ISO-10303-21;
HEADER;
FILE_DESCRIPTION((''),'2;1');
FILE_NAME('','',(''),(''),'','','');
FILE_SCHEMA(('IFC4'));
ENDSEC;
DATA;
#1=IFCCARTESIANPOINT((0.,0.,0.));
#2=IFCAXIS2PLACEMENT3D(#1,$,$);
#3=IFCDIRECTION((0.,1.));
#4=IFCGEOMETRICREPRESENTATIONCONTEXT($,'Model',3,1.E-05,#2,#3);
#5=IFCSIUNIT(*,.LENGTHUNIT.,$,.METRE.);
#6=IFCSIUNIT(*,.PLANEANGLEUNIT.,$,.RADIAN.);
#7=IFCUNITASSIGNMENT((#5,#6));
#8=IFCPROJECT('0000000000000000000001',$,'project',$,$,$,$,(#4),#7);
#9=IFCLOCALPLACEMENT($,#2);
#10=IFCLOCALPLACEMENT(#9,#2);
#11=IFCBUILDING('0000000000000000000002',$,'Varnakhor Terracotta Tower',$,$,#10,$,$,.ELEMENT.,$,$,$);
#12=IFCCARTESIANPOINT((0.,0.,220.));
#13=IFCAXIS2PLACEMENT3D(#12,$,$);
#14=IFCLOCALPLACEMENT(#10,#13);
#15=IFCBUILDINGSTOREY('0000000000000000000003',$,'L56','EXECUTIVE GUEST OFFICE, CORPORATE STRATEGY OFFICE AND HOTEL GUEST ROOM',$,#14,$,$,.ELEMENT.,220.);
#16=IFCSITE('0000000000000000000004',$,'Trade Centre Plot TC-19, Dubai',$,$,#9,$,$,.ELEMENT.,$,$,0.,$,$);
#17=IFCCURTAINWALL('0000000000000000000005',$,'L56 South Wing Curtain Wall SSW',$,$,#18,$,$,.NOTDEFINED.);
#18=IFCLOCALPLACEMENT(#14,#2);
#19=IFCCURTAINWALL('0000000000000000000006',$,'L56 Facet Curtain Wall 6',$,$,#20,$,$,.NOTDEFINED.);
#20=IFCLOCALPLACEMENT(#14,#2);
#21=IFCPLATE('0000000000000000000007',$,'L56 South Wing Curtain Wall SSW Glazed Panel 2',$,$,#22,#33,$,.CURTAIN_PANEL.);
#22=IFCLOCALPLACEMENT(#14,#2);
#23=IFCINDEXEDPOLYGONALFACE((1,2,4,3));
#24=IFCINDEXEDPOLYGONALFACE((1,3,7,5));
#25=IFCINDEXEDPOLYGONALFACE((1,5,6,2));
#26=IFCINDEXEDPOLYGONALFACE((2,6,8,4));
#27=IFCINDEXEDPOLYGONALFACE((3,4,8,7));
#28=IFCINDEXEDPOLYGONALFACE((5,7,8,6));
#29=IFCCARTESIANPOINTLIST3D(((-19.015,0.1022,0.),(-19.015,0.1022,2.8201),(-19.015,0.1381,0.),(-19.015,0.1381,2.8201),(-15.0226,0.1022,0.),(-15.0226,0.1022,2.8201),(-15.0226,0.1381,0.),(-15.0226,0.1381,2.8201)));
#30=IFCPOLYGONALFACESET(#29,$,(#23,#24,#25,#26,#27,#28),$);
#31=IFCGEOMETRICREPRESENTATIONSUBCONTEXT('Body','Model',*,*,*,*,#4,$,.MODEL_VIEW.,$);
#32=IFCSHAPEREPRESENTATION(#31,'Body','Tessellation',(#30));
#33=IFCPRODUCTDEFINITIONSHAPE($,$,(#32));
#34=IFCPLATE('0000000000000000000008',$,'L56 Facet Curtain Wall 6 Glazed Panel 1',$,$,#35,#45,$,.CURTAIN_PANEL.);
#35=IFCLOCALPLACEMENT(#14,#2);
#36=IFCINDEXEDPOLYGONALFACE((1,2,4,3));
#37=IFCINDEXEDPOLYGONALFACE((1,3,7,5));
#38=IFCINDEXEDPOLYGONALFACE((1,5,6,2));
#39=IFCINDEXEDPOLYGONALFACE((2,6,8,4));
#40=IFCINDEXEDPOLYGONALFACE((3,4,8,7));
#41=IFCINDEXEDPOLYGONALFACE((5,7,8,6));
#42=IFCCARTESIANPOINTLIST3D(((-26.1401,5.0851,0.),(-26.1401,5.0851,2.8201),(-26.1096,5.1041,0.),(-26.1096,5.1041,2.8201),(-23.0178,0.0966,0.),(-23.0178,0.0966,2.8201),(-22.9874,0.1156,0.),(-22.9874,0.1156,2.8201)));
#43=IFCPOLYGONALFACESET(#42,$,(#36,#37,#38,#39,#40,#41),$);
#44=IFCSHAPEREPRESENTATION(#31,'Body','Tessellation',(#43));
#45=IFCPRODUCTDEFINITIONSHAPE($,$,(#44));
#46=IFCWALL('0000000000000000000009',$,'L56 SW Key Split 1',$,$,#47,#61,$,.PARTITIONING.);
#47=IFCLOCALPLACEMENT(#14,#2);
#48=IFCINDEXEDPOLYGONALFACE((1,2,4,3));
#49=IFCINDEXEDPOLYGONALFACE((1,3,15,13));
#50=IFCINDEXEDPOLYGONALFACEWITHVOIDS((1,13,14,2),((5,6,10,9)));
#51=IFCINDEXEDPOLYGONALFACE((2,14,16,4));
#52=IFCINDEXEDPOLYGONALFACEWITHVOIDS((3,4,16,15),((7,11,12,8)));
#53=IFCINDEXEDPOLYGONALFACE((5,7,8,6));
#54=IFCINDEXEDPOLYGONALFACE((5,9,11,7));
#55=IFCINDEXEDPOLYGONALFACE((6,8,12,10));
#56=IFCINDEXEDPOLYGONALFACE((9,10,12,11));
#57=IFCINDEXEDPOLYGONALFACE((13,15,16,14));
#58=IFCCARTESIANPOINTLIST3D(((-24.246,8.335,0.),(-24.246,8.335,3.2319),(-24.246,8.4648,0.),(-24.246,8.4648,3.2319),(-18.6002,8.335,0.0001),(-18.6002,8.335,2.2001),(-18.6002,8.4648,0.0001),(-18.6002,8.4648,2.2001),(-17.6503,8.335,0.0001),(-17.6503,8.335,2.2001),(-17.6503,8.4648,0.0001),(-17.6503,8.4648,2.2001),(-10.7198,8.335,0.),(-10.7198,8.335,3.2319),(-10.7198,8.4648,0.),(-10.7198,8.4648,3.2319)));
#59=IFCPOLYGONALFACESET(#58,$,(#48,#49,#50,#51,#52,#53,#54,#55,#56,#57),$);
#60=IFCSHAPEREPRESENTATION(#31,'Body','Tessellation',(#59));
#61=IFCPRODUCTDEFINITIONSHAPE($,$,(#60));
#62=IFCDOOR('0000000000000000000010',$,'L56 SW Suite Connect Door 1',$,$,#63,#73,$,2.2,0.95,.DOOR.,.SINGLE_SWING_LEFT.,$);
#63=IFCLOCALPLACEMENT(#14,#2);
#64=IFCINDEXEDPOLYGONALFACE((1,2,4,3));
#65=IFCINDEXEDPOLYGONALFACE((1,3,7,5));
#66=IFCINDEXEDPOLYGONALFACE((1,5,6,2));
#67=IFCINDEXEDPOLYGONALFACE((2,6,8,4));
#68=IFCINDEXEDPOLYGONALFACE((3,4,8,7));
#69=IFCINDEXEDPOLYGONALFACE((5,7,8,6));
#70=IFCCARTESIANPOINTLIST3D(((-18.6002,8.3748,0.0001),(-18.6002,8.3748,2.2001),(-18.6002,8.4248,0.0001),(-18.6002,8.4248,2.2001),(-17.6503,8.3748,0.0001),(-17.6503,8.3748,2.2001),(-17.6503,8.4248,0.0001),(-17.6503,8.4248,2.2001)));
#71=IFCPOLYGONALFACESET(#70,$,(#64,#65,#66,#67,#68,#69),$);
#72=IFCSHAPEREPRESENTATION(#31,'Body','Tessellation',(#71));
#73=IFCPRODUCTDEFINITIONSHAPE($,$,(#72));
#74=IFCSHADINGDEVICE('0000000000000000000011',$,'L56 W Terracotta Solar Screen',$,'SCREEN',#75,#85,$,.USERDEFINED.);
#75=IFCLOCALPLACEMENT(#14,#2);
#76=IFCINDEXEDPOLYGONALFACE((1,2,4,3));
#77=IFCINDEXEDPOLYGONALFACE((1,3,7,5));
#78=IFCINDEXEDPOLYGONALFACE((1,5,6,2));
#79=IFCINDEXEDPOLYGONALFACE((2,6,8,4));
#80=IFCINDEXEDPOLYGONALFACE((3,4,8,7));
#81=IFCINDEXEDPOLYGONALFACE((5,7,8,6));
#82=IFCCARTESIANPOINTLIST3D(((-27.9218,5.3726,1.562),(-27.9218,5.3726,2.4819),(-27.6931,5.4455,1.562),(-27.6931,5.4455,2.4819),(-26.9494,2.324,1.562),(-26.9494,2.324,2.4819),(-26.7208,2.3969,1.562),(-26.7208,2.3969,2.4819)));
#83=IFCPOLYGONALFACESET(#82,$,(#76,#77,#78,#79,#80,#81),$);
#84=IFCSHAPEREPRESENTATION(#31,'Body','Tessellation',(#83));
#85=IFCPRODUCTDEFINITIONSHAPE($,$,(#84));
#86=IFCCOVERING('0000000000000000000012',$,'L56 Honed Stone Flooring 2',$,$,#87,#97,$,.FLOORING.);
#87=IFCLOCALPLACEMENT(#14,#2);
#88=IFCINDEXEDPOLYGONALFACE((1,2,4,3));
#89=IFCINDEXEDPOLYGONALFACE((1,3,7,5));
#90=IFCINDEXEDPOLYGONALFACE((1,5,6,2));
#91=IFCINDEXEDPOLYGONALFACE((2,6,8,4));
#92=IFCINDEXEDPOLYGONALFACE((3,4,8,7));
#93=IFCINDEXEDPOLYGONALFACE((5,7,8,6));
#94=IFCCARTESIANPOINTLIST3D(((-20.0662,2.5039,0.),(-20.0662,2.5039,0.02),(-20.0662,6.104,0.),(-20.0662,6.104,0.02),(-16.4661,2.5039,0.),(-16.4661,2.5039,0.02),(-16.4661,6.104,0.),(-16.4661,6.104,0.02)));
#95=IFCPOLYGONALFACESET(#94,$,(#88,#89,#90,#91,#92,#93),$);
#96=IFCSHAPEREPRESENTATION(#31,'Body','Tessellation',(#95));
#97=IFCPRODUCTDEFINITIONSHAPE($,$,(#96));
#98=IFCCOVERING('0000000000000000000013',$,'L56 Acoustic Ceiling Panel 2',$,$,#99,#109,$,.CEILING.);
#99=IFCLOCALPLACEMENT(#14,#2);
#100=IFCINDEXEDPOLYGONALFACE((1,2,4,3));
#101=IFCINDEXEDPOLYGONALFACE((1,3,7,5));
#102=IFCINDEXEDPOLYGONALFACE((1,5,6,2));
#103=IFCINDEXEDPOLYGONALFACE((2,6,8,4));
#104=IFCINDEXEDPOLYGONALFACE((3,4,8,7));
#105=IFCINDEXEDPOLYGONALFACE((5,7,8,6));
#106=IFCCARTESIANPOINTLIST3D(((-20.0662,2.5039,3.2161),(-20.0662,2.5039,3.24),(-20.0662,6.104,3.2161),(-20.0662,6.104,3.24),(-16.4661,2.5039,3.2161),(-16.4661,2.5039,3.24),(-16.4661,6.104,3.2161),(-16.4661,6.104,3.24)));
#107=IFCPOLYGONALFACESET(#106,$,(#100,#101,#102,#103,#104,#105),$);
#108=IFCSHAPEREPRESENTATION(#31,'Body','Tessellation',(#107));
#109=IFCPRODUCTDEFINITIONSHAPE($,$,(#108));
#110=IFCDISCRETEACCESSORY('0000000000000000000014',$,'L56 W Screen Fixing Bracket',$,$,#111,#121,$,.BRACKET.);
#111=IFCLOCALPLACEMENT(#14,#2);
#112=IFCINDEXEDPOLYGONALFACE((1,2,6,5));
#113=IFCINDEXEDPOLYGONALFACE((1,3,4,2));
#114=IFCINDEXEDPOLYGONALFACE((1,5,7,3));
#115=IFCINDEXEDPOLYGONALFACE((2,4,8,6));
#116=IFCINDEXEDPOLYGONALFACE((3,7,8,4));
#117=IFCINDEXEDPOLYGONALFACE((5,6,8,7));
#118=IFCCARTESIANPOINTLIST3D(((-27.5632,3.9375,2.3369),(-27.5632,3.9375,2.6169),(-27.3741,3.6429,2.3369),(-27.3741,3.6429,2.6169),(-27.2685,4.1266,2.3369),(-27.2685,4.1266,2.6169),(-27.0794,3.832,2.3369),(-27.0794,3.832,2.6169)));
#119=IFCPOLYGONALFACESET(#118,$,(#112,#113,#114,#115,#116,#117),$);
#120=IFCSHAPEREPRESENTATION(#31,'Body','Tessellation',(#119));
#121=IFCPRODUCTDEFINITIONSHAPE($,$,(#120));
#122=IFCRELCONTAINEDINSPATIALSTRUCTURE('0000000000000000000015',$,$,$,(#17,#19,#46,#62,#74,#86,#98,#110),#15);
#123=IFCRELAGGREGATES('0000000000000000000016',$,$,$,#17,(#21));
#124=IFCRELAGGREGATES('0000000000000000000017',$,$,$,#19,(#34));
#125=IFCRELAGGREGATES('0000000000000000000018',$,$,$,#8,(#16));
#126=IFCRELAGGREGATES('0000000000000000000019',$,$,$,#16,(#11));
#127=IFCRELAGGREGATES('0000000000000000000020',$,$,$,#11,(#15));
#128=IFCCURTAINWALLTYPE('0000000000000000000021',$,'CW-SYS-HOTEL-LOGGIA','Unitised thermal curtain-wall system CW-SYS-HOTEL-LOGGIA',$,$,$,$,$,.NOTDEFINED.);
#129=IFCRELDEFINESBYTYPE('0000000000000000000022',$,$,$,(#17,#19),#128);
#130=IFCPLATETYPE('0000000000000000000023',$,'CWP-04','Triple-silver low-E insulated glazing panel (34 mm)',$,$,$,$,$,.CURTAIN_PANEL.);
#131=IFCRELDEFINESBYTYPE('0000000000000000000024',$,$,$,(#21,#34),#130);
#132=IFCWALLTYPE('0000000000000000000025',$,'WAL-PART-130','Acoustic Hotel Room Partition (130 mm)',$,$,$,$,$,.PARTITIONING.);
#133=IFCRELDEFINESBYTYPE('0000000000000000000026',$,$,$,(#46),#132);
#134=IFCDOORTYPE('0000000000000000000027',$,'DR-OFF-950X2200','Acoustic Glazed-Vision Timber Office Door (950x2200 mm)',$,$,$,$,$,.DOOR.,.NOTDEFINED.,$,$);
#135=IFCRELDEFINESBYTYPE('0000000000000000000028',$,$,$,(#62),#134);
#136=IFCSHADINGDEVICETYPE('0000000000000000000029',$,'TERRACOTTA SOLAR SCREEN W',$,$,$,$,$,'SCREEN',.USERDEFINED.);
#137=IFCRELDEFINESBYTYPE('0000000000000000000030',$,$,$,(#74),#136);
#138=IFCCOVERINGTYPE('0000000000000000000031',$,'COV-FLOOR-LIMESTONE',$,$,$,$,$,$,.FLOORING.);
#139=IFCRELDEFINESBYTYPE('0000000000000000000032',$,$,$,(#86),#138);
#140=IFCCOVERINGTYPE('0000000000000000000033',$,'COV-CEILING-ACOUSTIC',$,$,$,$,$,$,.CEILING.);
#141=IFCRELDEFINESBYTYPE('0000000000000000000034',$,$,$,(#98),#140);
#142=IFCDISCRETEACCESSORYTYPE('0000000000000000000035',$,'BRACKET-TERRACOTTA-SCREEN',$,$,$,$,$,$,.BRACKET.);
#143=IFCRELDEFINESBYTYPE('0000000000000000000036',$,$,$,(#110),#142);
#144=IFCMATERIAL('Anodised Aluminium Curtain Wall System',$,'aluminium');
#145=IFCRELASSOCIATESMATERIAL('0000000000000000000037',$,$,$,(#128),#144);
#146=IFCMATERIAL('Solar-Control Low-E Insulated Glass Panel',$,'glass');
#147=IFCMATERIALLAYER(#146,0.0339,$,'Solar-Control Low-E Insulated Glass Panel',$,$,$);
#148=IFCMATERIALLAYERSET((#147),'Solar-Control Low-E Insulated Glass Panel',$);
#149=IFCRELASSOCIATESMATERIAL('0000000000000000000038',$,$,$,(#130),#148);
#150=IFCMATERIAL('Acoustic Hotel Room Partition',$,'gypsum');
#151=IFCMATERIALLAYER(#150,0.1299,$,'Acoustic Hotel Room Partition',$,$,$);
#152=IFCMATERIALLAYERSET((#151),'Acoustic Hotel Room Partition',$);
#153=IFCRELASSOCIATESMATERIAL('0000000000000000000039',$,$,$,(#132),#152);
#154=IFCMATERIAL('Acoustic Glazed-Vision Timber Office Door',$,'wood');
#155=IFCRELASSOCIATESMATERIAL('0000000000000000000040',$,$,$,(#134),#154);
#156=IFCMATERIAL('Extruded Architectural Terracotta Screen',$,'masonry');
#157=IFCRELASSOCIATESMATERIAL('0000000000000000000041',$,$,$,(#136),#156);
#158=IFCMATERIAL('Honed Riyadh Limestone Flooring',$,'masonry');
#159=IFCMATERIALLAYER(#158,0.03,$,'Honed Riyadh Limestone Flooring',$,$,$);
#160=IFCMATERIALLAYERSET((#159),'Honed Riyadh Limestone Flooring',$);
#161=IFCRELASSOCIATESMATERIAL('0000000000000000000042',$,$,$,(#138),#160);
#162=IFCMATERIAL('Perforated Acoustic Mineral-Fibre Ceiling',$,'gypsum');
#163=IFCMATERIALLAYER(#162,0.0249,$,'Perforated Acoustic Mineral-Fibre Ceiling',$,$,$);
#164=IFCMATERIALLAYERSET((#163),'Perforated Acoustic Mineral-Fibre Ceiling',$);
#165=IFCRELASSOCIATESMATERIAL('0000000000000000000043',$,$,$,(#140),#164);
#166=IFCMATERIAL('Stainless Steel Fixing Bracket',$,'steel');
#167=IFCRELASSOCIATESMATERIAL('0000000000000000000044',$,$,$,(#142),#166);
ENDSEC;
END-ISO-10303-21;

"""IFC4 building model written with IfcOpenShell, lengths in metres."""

from ifc_helpers import new_model, si_unit, direction, frame, frame_2d, origin, origin_2d, place, context, subcontext, project, spatial, rectangle, extrude, source, transform, mapped, material, layer, layer_set, type_object, type_shapes, element, fill, aggregate, save


model = new_model("IFC4")

# Units and contexts
model_context = context("Model", 3, precision=1e-05, world=origin(), true_north=direction((0.0, 1.0)))
body_context = subcontext(model_context, "Body", "Model", "MODEL_VIEW")
ifc_project = project(units=[si_unit("LENGTHUNIT", "METRE"), si_unit("PLANEANGLEUNIT", "RADIAN")], contexts=[model_context])

# Site, building, storey
site_placement = place(None, origin())
site = spatial("IfcSite", under=ifc_project, at=site_placement, Name="Trade Centre Plot TC-19, Dubai", CompositionType="ELEMENT", RefElevation=0.0)
building_placement = place(site_placement, origin())
building = spatial("IfcBuilding", under=site, at=building_placement, Name="Varnakhor Terracotta Tower", CompositionType="ELEMENT")
storey_placement = place(building_placement, frame((0.0, 0.0, 220.0)))
storey = spatial("IfcBuildingStorey", under=building, at=storey_placement, Name="L56", Description="EXECUTIVE GUEST OFFICE, CORPORATE STRATEGY OFFICE AND HOTEL GUEST ROOM", CompositionType="ELEMENT", Elevation=220.0)

# Curtain wall
ifc_material_1 = material(Name="Anodised Aluminium Curtain Wall System", Category="aluminium")
curtain_wall_type = type_object("IfcCurtainWallType", Name="CW-SYS-HOTEL-LOGGIA", Description="Unitised thermal curtain-wall system CW-SYS-HOTEL-LOGGIA", PredefinedType="NOTDEFINED", material=ifc_material_1)
curtain_wall_1_placement = place(storey_placement, origin())
curtain_wall_1 = element("IfcCurtainWall", 1, at=curtain_wall_1_placement, inside=storey, type_object=curtain_wall_type, Name="L56 South Wing Curtain Wall SSW", PredefinedType="NOTDEFINED")

# Curtain wall
curtain_wall_2_placement = place(storey_placement, origin())
curtain_wall_2 = element("IfcCurtainWall", 2, at=curtain_wall_2_placement, inside=storey, type_object=curtain_wall_type, Name="L56 Facet Curtain Wall 6", PredefinedType="NOTDEFINED")

# Plates
ifc_material_2 = material(Name="Solar-Control Low-E Insulated Glass Panel", Category="glass")
ifc_layer_1 = layer(ifc_material_2, 0.0339, Name="Solar-Control Low-E Insulated Glass Panel")
ifc_layer_set_1 = layer_set([ifc_layer_1], Name="Solar-Control Low-E Insulated Glass Panel")
plate_type = type_object("IfcPlateType", Name="CWP-04", Description="Triple-silver low-E insulated glazing panel (34 mm)", PredefinedType="CURTAIN_PANEL", material=ifc_layer_set_1)
shared_shape_1 = source(origin(), body_context, "Body", "SweptSolid", [
    extrude(rectangle(XDim=3.9924, YDim=0.0359, at=origin_2d()), origin(), (0.0, 0.0, 1.0), 2.8201),
])
plate_1_placement = place(storey_placement, frame((-17.0188, 0.1201, 0.0), z_axis=(0.0, 0.0, 1.0), x_axis=(-1.0, 0.0, 0.0)))
plate_1 = element("IfcPlate", 3, at=plate_1_placement, type_object=plate_type, Name="L56 South Wing Curtain Wall SSW Glazed Panel 2", PredefinedType="CURTAIN_PANEL", context=body_context, shape_type="MappedRepresentation", body=[
    mapped(shared_shape_1, transform((0.0, 0.0, 0.0), scale=1.0)),
])
aggregate(curtain_wall_1, [plate_1])
shared_shape_2 = source(origin(), body_context, "Body", "SweptSolid", [
    extrude(rectangle(XDim=5.885, YDim=0.0359, at=origin_2d()), origin(), (0.0, 0.0, 1.0), 2.8201),
])
plate_2_placement = place(storey_placement, frame((-24.5637, 2.6003, 0.0), z_axis=(0.0, 0.0, 1.0), x_axis=(-0.530541, 0.847659, 0.0)))
plate_2 = element("IfcPlate", 4, at=plate_2_placement, type_object=plate_type, Name="L56 Facet Curtain Wall 6 Glazed Panel 1", PredefinedType="CURTAIN_PANEL", context=body_context, shape_type="MappedRepresentation", body=[
    mapped(shared_shape_2, transform((0.0, 0.0, 0.0), scale=1.0)),
])
aggregate(curtain_wall_2, [plate_2])

# Wall, opening, door
ifc_material_3 = material(Name="Acoustic Hotel Room Partition", Category="gypsum")
ifc_layer_2 = layer(ifc_material_3, 0.1299, Name="Acoustic Hotel Room Partition")
ifc_layer_set_2 = layer_set([ifc_layer_2], Name="Acoustic Hotel Room Partition")
wall_type = type_object("IfcWallType", Name="WAL-PART-130", Description="Acoustic Hotel Room Partition (130 mm)", PredefinedType="PARTITIONING", material=ifc_layer_set_2)
wall_placement = place(storey_placement, frame((-24.2461, 8.3999, 0.0), z_axis=(0.0, 0.0, 1.0), x_axis=(1.0, 0.0, 0.0)))
wall = element("IfcWall", 5, at=wall_placement, inside=storey, type_object=wall_type, Name="L56 SW Key Split 1", PredefinedType="PARTITIONING", context=body_context, shape_type="SweptSolid", body=[
    extrude(rectangle(XDim=13.5261, YDim=0.1299, at=frame_2d((6.7632, 0.0))), origin(), (0.0, 0.0, 1.0), 3.2319),
])
opening_placement = place(wall_placement, frame((5.6458, 0.0, 0.0)))
opening = element("IfcOpeningElement", 6, at=opening_placement, cuts=wall, PredefinedType="OPENING", context=body_context, shape_type="SweptSolid", body=[
    extrude(rectangle(XDim=0.95, YDim=2.2, at=frame_2d((0.4751, 1.1001))), frame((0.0, 0.075, 0.0), z_axis=(0.0, -1.0, 0.0), x_axis=(1.0, 0.0, 0.0)), (0.0, 0.0, 1.0), 0.1499),
])
ifc_material_4 = material(Name="Acoustic Glazed-Vision Timber Office Door", Category="wood")
door_type = type_object("IfcDoorType", Name="DR-OFF-950X2200", Description="Acoustic Glazed-Vision Timber Office Door (950x2200 mm)", OperationType="NOTDEFINED", PredefinedType="DOOR", material=ifc_material_4)
shared_shape_3 = source(origin(), body_context, "Body", "SweptSolid", [
    extrude(rectangle(XDim=0.95, YDim=2.2, at=frame_2d((0.4751, 1.1001))), frame((0.0, 0.0249, 0.0), z_axis=(0.0, -1.0, 0.0), x_axis=(1.0, 0.0, 0.0)), (0.0, 0.0, 1.0), 0.05),
])
type_shapes(door_type, [shared_shape_3])
door_placement = place(opening_placement, origin())
door = element("IfcDoor", 7, at=door_placement, inside=storey, type_object=door_type, Name="L56 SW Suite Connect Door 1", OperationType="SINGLE_SWING_LEFT", OverallHeight=2.2, OverallWidth=0.95, PredefinedType="DOOR", context=body_context, shape_type="MappedRepresentation", body=[
    mapped(shared_shape_3, transform((0.0, 0.0, 0.0), scale=1.0)),
])
fill(opening, door)

# Shading device
ifc_material_5 = material(Name="Extruded Architectural Terracotta Screen", Category="masonry")
shading_device_type = type_object("IfcShadingDeviceType", Name="TERRACOTTA SOLAR SCREEN W", ElementType="SCREEN", PredefinedType="USERDEFINED", material=ifc_material_5)
shared_shape_4 = source(origin(), body_context, "Body", "SweptSolid", [
    extrude(rectangle(XDim=3.2, YDim=0.24, at=origin_2d()), origin(), (0.0, 0.0, 1.0), 0.9199),
])
type_shapes(shading_device_type, [shared_shape_4])
shading_device_placement = place(storey_placement, frame((-27.3213, 3.8848, 1.562), z_axis=(0.0, 0.0, 1.0), x_axis=(0.303867, -0.952715, 0.0)))
element("IfcShadingDevice", 8, at=shading_device_placement, inside=storey, type_object=shading_device_type, Name="L56 W Terracotta Solar Screen", ObjectType="SCREEN", PredefinedType="USERDEFINED", context=body_context, shape_type="MappedRepresentation", body=[
    mapped(shared_shape_4, transform((0.0, 0.0, 0.0), scale=1.0)),
])

# Coverings
ifc_material_6 = material(Name="Honed Riyadh Limestone Flooring", Category="masonry")
ifc_layer_3 = layer(ifc_material_6, 0.03, Name="Honed Riyadh Limestone Flooring")
ifc_layer_set_3 = layer_set([ifc_layer_3], Name="Honed Riyadh Limestone Flooring")
covering_type_1 = type_object("IfcCoveringType", Name="COV-FLOOR-LIMESTONE", PredefinedType="FLOORING", material=ifc_layer_set_3)
shared_shape_5 = source(origin(), body_context, "Body", "SweptSolid", [
    extrude(rectangle(XDim=3.6001, YDim=3.6001, at=origin_2d()), origin(), (0.0, 0.0, 1.0), 0.02),
])
covering_1_placement = place(storey_placement, frame((-18.2661, 4.304, 0.0), z_axis=(0.0, 0.0, 1.0), x_axis=(1.0, 0.0, 0.0)))
element("IfcCovering", 9, at=covering_1_placement, inside=storey, type_object=covering_type_1, Name="L56 Honed Stone Flooring 2", PredefinedType="FLOORING", context=body_context, shape_type="MappedRepresentation", body=[
    mapped(shared_shape_5, transform((0.0, 0.0, 0.0), scale=1.0)),
])
ifc_material_7 = material(Name="Perforated Acoustic Mineral-Fibre Ceiling", Category="gypsum")
ifc_layer_4 = layer(ifc_material_7, 0.0249, Name="Perforated Acoustic Mineral-Fibre Ceiling")
ifc_layer_set_4 = layer_set([ifc_layer_4], Name="Perforated Acoustic Mineral-Fibre Ceiling")
covering_type_2 = type_object("IfcCoveringType", Name="COV-CEILING-ACOUSTIC", PredefinedType="CEILING", material=ifc_layer_set_4)
shared_shape_6 = source(origin(), body_context, "Body", "SweptSolid", [
    extrude(rectangle(XDim=3.6001, YDim=3.6001, at=origin_2d()), origin(), (0.0, 0.0, 1.0), 0.0239),
])
covering_2_placement = place(storey_placement, frame((-18.2661, 4.304, 3.2161), z_axis=(0.0, 0.0, 1.0), x_axis=(1.0, 0.0, 0.0)))
element("IfcCovering", 10, at=covering_2_placement, inside=storey, type_object=covering_type_2, Name="L56 Acoustic Ceiling Panel 2", PredefinedType="CEILING", context=body_context, shape_type="MappedRepresentation", body=[
    mapped(shared_shape_6, transform((0.0, 0.0, 0.0), scale=1.0)),
])

# Discrete accessory
ifc_material_8 = material(Name="Stainless Steel Fixing Bracket", Category="steel")
discrete_accessory_type = type_object("IfcDiscreteAccessoryType", Name="BRACKET-TERRACOTTA-SCREEN", PredefinedType="BRACKET", material=ifc_material_8)
shared_shape_7 = source(origin(), body_context, "Body", "SweptSolid", [
    extrude(rectangle(XDim=0.3501, YDim=0.3501, at=origin_2d()), origin(), (0.0, 0.0, 1.0), 0.28),
])
type_shapes(discrete_accessory_type, [shared_shape_7])
discrete_accessory_placement = place(storey_placement, frame((-27.3213, 3.8848, 2.3369), z_axis=(0.0, 0.0, 1.0), x_axis=(0.540093, -0.841605, 0.0)))
element("IfcDiscreteAccessory", 11, at=discrete_accessory_placement, inside=storey, type_object=discrete_accessory_type, Name="L56 W Screen Fixing Bracket", PredefinedType="BRACKET", context=body_context, shape_type="MappedRepresentation", body=[
    mapped(shared_shape_7, transform((0.0, 0.0, 0.0), scale=1.0)),
])

save(model, "model.ifc")
